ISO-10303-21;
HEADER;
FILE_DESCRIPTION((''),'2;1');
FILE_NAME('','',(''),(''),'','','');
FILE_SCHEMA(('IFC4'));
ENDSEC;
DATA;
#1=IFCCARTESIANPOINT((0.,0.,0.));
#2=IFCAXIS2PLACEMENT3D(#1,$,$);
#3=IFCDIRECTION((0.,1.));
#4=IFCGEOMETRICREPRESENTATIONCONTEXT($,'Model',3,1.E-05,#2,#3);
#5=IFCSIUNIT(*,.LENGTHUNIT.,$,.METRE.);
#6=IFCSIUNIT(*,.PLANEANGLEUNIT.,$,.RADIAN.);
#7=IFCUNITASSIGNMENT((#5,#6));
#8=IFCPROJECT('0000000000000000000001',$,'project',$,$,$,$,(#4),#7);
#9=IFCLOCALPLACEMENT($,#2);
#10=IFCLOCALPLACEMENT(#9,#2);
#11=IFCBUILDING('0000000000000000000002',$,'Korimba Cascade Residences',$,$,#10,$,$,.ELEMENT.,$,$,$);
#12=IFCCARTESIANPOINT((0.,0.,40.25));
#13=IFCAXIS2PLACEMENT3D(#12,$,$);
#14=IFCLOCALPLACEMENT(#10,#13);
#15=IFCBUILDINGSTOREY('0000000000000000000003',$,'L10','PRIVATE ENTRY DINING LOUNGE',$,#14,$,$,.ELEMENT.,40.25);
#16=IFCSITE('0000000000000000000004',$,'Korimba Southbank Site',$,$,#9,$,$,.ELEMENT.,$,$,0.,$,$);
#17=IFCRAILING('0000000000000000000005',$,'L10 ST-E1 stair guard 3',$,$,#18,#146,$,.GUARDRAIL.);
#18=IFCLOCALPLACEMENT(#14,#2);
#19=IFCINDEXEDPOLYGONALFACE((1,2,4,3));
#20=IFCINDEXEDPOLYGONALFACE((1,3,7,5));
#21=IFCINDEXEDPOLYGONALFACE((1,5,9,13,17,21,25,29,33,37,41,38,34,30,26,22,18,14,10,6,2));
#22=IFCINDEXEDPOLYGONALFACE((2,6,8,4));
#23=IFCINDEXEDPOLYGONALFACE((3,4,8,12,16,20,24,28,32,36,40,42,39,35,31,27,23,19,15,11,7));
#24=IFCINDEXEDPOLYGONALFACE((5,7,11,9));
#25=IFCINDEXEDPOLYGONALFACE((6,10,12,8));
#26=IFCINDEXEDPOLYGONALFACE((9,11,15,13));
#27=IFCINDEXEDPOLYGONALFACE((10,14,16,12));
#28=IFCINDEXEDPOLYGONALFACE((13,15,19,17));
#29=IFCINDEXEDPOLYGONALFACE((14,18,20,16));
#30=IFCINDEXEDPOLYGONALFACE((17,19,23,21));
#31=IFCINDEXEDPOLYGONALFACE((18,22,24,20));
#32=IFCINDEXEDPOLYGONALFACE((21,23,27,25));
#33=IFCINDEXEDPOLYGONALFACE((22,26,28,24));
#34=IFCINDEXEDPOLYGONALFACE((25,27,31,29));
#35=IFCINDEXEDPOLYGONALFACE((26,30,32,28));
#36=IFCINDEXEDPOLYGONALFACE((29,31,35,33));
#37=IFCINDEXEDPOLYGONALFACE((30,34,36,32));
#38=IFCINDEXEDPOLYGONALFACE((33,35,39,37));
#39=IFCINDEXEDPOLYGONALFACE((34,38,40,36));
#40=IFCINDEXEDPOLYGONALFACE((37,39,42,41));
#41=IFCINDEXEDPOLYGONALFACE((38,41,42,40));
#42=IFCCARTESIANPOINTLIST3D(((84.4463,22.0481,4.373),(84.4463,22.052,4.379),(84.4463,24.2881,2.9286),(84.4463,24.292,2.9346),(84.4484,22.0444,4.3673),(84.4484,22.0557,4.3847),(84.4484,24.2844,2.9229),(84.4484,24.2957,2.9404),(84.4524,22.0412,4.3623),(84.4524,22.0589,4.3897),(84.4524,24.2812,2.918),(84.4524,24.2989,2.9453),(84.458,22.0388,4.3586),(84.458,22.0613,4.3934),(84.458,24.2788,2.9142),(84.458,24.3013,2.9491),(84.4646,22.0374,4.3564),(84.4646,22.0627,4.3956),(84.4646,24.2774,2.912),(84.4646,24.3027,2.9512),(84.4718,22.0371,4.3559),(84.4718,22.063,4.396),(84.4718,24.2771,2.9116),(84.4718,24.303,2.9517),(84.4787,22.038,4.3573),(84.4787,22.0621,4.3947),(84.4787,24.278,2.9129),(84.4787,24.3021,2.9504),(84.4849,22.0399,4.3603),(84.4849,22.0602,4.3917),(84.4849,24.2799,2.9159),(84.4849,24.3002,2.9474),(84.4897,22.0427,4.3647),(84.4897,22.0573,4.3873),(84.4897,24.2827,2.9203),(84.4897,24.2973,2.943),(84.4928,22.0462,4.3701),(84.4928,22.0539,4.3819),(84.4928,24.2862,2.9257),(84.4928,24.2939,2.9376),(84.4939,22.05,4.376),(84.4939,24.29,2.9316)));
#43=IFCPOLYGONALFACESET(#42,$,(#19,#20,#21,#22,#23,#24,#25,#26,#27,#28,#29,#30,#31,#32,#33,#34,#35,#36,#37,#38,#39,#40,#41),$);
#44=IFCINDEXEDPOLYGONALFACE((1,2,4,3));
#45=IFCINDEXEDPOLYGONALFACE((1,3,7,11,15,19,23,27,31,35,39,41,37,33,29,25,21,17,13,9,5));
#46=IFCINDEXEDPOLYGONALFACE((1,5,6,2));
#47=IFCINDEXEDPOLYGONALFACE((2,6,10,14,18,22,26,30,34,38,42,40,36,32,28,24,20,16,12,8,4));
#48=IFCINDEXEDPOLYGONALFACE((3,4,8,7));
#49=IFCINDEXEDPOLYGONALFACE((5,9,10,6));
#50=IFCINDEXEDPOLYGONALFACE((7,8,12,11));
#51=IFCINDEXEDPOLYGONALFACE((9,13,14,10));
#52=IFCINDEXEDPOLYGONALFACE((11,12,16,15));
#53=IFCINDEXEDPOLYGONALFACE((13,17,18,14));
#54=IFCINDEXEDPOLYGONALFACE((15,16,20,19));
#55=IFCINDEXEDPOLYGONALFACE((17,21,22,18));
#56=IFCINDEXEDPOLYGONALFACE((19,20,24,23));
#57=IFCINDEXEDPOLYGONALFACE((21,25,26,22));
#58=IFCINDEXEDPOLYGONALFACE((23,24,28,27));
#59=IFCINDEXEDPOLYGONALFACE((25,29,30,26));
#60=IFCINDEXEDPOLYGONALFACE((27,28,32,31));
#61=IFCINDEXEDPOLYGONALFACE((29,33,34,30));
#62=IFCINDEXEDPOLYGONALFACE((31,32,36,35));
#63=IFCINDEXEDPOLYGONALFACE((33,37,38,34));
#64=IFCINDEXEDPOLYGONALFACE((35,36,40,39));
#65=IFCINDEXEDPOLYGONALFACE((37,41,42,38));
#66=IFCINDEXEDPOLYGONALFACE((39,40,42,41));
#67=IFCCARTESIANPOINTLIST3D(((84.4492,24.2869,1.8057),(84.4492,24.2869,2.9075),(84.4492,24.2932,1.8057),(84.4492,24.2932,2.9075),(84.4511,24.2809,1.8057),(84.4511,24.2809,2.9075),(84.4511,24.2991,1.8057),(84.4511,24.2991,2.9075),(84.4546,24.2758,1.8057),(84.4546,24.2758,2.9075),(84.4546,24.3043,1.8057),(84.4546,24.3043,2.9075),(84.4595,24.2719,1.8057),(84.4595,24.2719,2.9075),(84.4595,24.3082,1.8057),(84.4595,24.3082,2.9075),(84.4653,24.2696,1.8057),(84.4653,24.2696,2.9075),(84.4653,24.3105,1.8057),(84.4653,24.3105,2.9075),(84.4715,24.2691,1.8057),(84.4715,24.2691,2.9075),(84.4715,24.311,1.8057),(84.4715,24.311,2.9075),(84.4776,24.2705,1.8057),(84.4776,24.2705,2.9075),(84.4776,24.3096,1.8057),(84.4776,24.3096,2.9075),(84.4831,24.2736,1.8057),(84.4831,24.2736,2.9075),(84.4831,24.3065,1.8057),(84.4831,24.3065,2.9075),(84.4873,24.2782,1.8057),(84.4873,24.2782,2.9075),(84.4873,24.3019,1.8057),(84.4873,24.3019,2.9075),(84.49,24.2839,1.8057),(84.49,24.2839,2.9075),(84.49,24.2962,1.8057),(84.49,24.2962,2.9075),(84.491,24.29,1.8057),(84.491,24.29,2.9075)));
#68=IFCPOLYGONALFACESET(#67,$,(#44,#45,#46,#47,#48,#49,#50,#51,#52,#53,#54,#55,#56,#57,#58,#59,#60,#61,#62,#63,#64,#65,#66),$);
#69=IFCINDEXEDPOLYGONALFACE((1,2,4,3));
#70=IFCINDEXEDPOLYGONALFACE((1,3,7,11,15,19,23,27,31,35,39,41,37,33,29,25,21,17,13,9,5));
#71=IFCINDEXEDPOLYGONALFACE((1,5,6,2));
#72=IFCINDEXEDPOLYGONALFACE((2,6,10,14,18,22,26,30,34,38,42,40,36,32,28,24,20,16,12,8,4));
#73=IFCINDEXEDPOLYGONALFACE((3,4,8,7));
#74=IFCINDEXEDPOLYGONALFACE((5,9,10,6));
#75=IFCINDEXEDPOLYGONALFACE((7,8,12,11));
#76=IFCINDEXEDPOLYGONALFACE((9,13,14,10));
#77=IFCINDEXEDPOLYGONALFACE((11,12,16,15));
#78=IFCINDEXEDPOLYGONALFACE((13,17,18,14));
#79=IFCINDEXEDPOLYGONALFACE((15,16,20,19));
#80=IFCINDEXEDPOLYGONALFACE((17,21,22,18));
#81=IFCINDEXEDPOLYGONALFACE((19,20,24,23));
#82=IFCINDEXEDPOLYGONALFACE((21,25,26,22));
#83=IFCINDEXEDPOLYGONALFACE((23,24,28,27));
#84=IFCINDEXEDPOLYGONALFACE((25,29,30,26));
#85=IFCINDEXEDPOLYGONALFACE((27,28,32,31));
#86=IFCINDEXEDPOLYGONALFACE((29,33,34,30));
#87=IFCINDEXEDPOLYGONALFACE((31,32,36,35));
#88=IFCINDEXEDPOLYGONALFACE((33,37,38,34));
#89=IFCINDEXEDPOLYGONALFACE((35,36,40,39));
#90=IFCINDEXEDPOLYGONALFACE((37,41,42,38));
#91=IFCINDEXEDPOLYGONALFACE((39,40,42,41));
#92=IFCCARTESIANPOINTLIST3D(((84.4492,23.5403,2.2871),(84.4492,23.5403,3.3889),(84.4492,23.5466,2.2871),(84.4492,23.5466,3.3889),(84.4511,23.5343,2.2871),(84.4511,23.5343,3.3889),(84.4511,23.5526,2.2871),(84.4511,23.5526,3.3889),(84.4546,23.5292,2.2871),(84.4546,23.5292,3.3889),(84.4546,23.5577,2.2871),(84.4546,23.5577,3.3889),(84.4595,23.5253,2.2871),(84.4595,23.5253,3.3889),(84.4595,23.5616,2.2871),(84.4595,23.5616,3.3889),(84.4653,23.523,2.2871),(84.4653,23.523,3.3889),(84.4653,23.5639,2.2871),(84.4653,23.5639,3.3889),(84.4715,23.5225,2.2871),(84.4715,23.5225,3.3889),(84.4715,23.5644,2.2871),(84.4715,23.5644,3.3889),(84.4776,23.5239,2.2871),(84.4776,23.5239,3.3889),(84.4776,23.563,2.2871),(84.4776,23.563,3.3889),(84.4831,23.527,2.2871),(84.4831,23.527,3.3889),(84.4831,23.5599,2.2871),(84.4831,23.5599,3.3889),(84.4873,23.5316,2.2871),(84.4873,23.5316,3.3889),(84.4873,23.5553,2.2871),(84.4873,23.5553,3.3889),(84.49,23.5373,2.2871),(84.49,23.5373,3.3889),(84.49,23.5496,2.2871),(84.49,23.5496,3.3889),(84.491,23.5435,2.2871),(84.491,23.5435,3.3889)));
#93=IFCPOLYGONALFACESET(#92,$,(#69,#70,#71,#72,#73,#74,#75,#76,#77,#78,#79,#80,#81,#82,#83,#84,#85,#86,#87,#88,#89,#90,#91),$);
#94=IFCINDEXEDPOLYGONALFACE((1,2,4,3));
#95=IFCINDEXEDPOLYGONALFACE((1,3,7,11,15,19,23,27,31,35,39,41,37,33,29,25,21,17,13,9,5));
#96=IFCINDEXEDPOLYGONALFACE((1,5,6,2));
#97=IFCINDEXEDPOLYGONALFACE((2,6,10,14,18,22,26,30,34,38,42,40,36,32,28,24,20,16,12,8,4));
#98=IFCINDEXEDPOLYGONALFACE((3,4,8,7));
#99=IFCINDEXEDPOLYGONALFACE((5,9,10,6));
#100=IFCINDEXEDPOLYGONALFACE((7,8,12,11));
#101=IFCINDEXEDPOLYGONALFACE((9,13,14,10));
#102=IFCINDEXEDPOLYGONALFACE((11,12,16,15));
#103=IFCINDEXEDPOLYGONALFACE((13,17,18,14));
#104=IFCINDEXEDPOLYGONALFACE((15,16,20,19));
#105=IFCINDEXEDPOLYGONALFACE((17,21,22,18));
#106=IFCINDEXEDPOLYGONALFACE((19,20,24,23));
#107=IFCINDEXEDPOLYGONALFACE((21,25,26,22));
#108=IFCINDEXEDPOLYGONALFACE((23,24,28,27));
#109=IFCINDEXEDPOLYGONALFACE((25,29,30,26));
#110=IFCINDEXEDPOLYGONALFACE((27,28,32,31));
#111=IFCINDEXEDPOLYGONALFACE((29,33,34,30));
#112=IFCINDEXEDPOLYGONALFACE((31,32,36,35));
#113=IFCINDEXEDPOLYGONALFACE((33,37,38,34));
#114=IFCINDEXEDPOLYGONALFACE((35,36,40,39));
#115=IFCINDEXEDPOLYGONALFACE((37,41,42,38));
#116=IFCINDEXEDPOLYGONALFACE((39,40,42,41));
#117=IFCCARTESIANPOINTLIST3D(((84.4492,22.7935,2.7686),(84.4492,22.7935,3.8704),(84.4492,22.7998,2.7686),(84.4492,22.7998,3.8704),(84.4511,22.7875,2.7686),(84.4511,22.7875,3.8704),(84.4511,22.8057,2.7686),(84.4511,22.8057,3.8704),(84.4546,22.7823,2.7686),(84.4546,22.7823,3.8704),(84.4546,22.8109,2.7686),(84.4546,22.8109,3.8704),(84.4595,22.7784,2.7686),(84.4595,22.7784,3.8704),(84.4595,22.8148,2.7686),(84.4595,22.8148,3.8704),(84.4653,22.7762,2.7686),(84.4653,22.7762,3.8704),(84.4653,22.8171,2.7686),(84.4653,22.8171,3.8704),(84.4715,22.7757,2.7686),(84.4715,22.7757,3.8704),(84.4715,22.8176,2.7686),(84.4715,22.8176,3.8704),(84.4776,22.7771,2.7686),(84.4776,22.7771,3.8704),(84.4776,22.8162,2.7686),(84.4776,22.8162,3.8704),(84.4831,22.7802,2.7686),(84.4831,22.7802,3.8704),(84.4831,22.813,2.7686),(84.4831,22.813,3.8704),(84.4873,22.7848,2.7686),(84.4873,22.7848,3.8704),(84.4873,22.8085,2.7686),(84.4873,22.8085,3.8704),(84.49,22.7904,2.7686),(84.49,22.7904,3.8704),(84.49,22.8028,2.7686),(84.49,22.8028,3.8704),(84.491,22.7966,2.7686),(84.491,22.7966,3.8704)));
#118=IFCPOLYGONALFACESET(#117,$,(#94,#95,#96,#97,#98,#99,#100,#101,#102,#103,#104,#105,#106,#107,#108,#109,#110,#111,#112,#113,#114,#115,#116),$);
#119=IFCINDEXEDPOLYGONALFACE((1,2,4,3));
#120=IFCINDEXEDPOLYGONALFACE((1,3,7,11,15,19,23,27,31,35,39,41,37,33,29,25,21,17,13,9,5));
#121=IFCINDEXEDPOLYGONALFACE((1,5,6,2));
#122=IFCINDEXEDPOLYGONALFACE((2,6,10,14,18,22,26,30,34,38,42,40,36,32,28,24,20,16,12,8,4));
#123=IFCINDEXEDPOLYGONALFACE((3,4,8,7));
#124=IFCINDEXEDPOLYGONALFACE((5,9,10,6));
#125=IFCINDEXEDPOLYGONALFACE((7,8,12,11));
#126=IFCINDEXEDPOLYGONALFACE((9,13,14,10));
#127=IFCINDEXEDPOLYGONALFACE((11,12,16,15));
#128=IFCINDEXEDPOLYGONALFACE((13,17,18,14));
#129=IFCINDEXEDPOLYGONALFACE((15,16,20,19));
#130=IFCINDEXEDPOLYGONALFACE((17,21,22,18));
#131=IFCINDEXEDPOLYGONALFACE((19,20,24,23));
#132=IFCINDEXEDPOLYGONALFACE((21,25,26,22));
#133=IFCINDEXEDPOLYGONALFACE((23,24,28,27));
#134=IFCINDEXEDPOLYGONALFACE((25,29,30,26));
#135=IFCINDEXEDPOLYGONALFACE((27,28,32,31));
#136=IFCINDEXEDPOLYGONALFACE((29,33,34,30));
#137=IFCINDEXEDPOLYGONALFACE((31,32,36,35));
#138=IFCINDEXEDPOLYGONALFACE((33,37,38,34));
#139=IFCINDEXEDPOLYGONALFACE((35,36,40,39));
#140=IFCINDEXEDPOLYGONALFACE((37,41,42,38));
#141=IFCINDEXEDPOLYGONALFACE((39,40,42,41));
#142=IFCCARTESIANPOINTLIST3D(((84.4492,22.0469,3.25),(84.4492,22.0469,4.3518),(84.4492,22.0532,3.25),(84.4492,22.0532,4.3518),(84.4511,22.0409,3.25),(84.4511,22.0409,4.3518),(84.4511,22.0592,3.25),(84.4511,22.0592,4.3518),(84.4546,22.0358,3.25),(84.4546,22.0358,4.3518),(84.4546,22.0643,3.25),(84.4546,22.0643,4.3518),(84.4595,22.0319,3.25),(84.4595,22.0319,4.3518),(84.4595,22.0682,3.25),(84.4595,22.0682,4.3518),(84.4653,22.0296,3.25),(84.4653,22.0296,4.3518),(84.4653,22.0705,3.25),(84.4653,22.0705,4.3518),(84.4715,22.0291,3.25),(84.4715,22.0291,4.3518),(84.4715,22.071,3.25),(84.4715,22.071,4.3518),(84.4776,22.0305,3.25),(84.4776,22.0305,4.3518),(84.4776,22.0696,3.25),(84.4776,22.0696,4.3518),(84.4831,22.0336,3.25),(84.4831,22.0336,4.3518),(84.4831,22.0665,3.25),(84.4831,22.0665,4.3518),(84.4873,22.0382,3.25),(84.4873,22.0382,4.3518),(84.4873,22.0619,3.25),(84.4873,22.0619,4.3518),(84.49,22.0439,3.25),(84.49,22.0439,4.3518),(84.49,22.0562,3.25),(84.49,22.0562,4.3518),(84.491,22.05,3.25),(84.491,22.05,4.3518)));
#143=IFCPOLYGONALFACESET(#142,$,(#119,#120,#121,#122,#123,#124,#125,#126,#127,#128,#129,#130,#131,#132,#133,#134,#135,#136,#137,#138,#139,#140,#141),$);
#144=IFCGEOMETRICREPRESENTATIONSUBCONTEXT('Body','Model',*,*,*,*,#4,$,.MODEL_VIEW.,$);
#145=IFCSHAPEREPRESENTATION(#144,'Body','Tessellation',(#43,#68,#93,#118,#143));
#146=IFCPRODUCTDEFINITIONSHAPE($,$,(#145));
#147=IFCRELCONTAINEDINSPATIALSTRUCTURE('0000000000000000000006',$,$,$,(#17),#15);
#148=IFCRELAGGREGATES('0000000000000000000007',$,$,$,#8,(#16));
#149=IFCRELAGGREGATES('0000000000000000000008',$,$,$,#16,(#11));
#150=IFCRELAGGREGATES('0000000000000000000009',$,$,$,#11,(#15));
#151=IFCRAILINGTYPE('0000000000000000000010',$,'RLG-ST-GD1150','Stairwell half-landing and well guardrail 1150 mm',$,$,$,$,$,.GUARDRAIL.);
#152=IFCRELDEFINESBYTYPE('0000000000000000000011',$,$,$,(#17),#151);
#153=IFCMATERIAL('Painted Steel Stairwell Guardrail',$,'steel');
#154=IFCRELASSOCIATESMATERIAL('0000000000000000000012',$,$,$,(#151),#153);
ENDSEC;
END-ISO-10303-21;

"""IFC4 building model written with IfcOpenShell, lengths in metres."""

from ifc_helpers import new_model, si_unit, direction, frame, origin, origin_2d, place, context, subcontext, project, spatial, circle, extrude, material, type_object, element, save


model = new_model("IFC4")

# Units and contexts
model_context = context("Model", 3, precision=1e-05, world=origin(), true_north=direction((0.0, 1.0)))
body_context = subcontext(model_context, "Body", "Model", "MODEL_VIEW")
ifc_project = project(units=[si_unit("LENGTHUNIT", "METRE"), si_unit("PLANEANGLEUNIT", "RADIAN")], contexts=[model_context])

# Site, building, storey
site_placement = place(None, origin())
site = spatial("IfcSite", under=ifc_project, at=site_placement, Name="Korimba Southbank Site", CompositionType="ELEMENT", RefElevation=0.0)
building_placement = place(site_placement, origin())
building = spatial("IfcBuilding", under=site, at=building_placement, Name="Korimba Cascade Residences", CompositionType="ELEMENT")
storey_placement = place(building_placement, frame((0.0, 0.0, 40.25)))
storey = spatial("IfcBuildingStorey", under=building, at=storey_placement, Name="L10", Description="PRIVATE ENTRY DINING LOUNGE", CompositionType="ELEMENT", Elevation=40.25)

# Railing
ifc_material_1 = material(Name="Painted Steel Stairwell Guardrail", Category="steel")
railing_type_1 = type_object("IfcRailingType", Name="RLG-ST-GD1150", Description="Stairwell half-landing and well guardrail 1150 mm", PredefinedType="GUARDRAIL", material=ifc_material_1)
railing_1_placement = place(storey_placement, frame((84.47, 24.29, 1.8057)))
element("IfcRailing", 1, at=railing_1_placement, inside=storey, type_object=railing_type_1, Name="L10 ST-E1 stair guard 3", PredefinedType="GUARDRAIL", context=body_context, shape_type="SweptSolid", body=[
    extrude(circle(Radius=0.0239, at=origin_2d()), frame((0.0, 0.0, 1.126), z_axis=(0.0, -0.840437, 0.54191), x_axis=(1.0, 0.0, 0.0)), (0.0, 0.0, 1.0), 2.6653),
    extrude(circle(Radius=0.021, at=origin_2d()), origin(), (0.0, 0.0, 1.0), 1.1018),
    extrude(circle(Radius=0.021, at=origin_2d()), frame((0.0, -0.7466, 0.4814)), (0.0, 0.0, 1.0), 1.1018),
    extrude(circle(Radius=0.021, at=origin_2d()), frame((0.0, -1.4934, 0.9629)), (0.0, 0.0, 1.0), 1.1018),
    extrude(circle(Radius=0.021, at=origin_2d()), frame((0.0, -2.24, 1.4443)), (0.0, 0.0, 1.0), 1.1018),
])

save(model, "model.ifc")
